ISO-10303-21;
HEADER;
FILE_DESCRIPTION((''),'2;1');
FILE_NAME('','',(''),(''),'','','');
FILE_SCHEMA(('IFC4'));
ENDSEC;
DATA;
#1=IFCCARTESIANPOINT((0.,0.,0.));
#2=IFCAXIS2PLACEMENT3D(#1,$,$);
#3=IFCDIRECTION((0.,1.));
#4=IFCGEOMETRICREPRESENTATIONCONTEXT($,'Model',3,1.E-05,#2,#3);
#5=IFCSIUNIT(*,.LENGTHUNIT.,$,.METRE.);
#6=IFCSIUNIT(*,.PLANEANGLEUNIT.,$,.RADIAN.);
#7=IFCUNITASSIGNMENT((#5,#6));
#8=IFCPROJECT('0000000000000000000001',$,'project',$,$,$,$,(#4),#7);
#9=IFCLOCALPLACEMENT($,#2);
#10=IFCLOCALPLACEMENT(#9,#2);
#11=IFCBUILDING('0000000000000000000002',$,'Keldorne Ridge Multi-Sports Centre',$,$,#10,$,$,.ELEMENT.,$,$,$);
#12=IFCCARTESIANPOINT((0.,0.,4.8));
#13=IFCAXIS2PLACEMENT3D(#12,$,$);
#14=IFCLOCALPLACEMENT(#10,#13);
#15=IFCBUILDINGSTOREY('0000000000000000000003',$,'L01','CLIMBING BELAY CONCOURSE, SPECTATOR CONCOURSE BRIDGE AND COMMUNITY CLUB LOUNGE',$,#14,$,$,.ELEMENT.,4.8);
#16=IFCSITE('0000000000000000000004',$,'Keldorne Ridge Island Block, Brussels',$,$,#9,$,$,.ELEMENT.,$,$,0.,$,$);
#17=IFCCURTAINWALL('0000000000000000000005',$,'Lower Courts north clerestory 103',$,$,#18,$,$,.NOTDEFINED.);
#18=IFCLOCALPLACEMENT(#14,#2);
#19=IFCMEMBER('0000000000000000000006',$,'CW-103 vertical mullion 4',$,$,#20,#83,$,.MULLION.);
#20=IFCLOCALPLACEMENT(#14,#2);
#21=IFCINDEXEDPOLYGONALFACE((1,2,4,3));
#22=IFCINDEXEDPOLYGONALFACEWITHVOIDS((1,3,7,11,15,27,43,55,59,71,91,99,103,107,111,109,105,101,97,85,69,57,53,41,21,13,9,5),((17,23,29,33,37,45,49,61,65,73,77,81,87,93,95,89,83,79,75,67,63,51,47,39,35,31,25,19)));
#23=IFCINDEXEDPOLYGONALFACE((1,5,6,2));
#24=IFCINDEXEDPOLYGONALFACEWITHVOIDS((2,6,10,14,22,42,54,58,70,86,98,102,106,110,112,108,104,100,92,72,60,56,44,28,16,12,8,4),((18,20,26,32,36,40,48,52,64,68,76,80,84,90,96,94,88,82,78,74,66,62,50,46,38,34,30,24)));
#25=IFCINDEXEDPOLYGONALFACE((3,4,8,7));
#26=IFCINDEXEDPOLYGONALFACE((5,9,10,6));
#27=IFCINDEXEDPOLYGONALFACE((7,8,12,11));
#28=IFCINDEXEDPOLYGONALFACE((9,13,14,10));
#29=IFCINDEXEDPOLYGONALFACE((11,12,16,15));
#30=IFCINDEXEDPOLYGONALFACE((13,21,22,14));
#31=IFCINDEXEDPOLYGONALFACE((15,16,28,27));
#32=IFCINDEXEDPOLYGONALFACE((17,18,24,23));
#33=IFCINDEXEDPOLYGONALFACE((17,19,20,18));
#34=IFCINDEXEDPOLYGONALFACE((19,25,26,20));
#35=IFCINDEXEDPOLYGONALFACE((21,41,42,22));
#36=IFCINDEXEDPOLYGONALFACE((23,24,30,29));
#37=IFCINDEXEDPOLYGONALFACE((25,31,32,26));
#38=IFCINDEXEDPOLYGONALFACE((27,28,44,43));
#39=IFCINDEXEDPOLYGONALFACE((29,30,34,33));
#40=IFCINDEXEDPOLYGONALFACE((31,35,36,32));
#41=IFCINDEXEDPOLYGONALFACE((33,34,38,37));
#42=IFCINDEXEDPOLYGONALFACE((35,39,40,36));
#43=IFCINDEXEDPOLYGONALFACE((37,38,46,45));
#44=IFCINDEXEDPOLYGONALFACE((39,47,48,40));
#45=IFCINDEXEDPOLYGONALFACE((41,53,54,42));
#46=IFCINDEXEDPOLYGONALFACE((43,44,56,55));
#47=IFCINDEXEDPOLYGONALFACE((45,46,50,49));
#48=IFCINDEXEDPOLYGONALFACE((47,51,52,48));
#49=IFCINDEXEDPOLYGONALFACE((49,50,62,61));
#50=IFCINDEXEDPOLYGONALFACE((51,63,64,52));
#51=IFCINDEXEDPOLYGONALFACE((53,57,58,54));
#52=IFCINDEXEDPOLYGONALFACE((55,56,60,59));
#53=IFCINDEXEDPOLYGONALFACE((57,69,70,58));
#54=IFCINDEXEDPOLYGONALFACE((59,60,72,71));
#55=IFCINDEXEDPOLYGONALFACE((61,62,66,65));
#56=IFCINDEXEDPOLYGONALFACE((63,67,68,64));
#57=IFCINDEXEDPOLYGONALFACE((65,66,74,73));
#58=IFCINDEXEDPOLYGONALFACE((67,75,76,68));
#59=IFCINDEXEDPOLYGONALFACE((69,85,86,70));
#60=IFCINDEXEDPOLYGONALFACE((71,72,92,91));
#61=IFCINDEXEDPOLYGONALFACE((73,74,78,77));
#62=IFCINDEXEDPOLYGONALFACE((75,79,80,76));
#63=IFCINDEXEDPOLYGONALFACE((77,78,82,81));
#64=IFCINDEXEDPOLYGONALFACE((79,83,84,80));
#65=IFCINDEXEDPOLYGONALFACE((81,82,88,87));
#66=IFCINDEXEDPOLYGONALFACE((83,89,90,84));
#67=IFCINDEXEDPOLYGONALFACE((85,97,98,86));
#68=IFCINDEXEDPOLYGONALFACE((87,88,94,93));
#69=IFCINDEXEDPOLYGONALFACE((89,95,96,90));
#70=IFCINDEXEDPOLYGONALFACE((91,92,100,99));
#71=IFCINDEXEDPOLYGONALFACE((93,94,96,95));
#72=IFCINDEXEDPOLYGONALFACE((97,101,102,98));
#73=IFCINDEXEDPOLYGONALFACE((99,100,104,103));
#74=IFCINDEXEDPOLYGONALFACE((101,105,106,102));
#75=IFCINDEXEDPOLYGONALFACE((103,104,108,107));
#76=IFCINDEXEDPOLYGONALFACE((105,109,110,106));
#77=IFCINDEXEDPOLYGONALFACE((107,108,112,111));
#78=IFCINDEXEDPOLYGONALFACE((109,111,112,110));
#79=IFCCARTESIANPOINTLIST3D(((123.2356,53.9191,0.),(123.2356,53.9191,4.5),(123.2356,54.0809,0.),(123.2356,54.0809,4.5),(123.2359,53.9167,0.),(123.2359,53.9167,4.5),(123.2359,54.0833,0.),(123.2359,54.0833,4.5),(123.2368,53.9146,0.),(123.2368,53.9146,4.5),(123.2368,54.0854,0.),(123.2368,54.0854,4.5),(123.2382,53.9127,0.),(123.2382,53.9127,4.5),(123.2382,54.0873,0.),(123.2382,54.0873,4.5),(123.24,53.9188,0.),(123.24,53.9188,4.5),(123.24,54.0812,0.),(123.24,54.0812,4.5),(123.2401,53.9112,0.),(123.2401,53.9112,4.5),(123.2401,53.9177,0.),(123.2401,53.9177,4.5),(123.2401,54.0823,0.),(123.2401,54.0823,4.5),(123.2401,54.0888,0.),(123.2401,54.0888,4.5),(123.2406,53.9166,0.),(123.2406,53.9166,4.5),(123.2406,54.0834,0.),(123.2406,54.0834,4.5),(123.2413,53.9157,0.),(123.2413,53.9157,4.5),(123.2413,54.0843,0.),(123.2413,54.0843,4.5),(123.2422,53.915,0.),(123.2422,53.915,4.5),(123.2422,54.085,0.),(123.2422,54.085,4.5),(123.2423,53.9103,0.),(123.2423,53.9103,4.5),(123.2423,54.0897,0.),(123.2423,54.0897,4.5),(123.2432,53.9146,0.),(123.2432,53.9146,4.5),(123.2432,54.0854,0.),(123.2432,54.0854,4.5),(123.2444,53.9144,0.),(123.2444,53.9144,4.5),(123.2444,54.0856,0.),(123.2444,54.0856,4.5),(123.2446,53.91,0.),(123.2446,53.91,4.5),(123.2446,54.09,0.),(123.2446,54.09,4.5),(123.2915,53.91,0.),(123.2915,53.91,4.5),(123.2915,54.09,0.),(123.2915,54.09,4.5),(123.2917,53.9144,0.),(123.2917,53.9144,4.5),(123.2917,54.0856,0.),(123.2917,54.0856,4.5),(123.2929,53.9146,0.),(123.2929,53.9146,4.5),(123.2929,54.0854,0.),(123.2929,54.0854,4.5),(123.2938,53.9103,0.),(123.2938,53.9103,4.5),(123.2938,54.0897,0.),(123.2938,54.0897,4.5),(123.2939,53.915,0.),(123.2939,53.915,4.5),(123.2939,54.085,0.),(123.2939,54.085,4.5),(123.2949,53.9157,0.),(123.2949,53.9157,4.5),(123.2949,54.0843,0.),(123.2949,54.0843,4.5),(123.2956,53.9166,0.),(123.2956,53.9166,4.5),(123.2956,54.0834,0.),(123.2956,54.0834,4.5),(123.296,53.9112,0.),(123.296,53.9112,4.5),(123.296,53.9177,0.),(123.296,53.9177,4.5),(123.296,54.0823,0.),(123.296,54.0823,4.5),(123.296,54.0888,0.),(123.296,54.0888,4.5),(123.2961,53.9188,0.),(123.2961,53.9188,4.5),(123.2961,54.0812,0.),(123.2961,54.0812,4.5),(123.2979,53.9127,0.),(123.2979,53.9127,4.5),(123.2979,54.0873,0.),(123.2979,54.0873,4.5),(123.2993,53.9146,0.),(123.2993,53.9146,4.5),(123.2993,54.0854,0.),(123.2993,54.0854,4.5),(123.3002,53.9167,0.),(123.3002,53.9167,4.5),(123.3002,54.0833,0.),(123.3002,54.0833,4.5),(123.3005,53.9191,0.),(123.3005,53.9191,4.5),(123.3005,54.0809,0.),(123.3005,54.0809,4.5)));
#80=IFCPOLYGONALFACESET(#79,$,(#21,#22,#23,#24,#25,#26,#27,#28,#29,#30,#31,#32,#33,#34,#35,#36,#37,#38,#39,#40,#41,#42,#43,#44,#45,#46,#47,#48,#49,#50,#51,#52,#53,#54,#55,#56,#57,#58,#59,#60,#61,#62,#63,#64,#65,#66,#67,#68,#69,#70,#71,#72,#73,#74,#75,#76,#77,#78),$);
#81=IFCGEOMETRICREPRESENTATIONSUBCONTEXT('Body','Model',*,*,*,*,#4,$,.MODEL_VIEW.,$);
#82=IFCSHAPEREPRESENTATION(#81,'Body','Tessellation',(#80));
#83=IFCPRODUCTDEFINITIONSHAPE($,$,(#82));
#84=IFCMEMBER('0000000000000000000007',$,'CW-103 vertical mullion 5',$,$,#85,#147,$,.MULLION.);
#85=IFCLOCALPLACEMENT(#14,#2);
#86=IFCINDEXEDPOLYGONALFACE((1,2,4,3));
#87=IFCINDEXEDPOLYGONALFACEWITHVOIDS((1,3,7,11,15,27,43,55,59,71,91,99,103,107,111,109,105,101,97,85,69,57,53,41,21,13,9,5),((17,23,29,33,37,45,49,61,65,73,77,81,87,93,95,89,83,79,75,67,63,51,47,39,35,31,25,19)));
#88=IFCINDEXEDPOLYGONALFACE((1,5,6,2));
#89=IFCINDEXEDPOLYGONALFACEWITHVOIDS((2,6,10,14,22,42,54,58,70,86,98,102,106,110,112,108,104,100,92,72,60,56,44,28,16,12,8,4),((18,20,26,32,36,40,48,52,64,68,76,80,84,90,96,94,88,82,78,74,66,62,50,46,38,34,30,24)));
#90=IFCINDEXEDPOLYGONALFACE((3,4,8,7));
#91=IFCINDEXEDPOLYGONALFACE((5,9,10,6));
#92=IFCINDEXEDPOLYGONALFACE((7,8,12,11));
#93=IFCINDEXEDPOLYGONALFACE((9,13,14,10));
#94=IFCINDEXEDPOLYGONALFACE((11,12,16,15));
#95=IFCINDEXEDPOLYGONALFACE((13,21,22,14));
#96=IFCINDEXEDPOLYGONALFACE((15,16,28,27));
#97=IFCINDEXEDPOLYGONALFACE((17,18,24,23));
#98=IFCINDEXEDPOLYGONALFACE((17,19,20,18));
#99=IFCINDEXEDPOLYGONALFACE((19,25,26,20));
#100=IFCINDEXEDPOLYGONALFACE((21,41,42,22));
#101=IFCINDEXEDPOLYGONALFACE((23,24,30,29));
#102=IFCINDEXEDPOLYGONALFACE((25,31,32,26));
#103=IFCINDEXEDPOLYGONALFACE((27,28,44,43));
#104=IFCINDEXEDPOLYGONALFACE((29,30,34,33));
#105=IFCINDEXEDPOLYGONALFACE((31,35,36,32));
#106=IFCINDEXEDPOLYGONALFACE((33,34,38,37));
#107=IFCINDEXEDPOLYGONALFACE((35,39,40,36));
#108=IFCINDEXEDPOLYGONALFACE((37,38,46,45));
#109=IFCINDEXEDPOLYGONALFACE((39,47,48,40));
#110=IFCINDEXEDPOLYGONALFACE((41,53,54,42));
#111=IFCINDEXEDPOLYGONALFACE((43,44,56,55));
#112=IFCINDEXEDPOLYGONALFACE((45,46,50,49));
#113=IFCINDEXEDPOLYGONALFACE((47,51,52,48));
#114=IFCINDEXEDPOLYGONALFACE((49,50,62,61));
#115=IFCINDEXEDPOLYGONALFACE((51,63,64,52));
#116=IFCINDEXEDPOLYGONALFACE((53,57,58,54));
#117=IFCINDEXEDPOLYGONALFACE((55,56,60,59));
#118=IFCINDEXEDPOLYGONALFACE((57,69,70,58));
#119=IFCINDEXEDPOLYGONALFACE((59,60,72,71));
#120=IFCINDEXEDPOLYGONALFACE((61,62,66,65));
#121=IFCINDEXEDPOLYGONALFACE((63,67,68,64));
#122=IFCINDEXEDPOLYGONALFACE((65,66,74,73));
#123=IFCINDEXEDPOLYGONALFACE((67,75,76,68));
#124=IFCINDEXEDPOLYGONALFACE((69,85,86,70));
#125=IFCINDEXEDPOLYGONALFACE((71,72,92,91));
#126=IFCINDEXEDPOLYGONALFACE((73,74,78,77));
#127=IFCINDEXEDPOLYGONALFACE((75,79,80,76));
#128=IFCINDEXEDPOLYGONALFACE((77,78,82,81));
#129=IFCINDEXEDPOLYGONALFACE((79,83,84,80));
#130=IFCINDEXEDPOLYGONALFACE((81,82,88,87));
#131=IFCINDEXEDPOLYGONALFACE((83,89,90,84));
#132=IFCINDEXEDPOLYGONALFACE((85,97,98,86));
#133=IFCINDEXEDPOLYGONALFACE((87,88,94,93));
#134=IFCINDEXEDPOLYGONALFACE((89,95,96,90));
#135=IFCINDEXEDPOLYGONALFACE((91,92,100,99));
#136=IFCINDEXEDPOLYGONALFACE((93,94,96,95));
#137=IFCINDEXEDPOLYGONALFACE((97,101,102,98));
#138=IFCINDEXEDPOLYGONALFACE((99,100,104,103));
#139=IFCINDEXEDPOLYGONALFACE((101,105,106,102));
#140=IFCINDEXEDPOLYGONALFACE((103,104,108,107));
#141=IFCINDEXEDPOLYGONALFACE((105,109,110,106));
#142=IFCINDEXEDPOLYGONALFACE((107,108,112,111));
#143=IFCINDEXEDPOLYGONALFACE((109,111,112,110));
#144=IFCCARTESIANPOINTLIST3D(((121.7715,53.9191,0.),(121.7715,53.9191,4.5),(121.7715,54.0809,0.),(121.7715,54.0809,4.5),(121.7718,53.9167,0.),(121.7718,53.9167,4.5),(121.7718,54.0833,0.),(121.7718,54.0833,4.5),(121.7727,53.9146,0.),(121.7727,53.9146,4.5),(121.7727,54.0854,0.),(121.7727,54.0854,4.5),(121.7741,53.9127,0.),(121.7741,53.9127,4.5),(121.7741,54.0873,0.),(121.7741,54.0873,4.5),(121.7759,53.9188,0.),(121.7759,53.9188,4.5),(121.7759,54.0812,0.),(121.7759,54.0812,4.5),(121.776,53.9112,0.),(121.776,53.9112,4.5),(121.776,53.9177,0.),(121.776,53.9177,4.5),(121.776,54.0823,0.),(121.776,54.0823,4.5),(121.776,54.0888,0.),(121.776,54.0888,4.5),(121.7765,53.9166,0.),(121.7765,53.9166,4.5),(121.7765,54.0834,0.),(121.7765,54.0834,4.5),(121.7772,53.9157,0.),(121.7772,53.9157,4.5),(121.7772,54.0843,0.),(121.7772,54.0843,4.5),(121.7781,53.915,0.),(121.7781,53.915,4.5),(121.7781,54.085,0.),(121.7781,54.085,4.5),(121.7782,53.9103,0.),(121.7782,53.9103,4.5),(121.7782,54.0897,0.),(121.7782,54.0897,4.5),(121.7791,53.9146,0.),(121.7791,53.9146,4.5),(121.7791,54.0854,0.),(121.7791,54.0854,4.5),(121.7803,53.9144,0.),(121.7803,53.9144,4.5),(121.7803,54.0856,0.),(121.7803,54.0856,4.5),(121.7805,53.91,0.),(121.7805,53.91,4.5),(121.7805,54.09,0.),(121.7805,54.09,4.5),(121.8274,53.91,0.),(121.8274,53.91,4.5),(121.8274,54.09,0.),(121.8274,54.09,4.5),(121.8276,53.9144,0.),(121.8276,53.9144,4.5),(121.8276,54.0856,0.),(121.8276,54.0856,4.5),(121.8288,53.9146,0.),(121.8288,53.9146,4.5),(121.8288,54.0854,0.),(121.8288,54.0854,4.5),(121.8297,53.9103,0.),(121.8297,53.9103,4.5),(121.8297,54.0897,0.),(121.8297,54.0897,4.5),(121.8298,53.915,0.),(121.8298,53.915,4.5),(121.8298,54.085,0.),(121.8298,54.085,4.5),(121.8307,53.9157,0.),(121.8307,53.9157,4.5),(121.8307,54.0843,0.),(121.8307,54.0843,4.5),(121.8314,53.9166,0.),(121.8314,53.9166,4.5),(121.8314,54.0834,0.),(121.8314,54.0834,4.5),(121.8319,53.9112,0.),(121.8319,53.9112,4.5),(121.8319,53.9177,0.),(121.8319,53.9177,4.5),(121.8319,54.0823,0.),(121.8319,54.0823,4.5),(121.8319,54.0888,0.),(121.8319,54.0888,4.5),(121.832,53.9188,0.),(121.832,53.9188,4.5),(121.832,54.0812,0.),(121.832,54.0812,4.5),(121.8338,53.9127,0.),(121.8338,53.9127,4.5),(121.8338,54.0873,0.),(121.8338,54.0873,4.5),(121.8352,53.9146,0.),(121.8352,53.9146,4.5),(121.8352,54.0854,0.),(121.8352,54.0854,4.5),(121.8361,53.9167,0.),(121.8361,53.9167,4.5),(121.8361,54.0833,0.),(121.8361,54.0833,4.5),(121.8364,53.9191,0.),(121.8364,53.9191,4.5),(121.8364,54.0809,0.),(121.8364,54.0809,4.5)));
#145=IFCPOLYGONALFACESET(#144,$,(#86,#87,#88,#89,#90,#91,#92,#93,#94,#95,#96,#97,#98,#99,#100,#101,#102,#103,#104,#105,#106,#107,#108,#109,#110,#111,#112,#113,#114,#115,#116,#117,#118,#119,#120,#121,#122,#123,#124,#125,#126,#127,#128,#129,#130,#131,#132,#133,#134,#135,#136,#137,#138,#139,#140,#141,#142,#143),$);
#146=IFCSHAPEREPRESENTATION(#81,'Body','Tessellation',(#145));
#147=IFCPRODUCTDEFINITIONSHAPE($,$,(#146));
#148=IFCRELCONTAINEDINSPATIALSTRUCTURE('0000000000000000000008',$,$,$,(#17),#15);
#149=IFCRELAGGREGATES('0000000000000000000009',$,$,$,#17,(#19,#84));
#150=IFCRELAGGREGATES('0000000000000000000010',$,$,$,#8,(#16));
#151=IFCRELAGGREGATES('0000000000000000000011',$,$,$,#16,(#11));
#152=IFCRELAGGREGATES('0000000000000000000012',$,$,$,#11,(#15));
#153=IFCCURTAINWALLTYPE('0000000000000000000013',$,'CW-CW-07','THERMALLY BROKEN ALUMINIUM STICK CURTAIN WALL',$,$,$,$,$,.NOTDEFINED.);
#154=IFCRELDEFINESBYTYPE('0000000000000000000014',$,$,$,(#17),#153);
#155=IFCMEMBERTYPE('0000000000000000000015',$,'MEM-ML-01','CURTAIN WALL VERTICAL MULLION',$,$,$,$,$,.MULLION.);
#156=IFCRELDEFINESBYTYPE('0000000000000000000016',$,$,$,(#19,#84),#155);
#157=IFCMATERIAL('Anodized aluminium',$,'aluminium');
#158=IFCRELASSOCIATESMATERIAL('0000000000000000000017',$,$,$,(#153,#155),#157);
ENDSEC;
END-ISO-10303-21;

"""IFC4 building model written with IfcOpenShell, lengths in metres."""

from ifc_helpers import new_model, si_unit, direction, frame, origin, origin_2d, place, context, subcontext, project, spatial, hollow_rectangle, extrude, material, material_profile, profile_set, type_object, element, aggregate, save


model = new_model("IFC4")

# Units and contexts
model_context = context("Model", 3, precision=1e-05, world=origin(), true_north=direction((0.0, 1.0)))
body_context = subcontext(model_context, "Body", "Model", "MODEL_VIEW")
ifc_project = project(units=[si_unit("LENGTHUNIT", "METRE"), si_unit("PLANEANGLEUNIT", "RADIAN")], contexts=[model_context])

# Site, building, storey
site_placement = place(None, origin())
site = spatial("IfcSite", under=ifc_project, at=site_placement, Name="Keldorne Ridge Island Block, Brussels", CompositionType="ELEMENT", RefElevation=0.0)
building_placement = place(site_placement, origin())
building = spatial("IfcBuilding", under=site, at=building_placement, Name="Keldorne Ridge Multi-Sports Centre", CompositionType="ELEMENT")
storey_placement = place(building_placement, frame((0.0, 0.0, 4.8)))
storey = spatial("IfcBuildingStorey", under=building, at=storey_placement, Name="L01", Description="CLIMBING BELAY CONCOURSE, SPECTATOR CONCOURSE BRIDGE AND COMMUNITY CLUB LOUNGE", CompositionType="ELEMENT", Elevation=4.8)

# Curtain wall, members
ifc_material_1 = material(Name="Anodized aluminium", Category="aluminium")
curtain_wall_type = type_object("IfcCurtainWallType", Name="CW-CW-07", Description="THERMALLY BROKEN ALUMINIUM STICK CURTAIN WALL", PredefinedType="NOTDEFINED", material=ifc_material_1)
curtain_wall_placement = place(storey_placement, origin())
curtain_wall = element("IfcCurtainWall", 1, at=curtain_wall_placement, inside=storey, type_object=curtain_wall_type, Name="Lower Courts north clerestory 103", PredefinedType="NOTDEFINED")
ifc_material_profile_1 = material_profile(ifc_material_1, hollow_rectangle(XDim=0.0649, YDim=0.1799, WallThickness=0.0044, InnerFilletRadius=0.0044, OuterFilletRadius=0.009, at=origin_2d()), Name="ALU MULLION 180x65x4.5")
ifc_profile_set_1 = profile_set([ifc_material_profile_1], Name="Anodized aluminium")
member_type_1 = type_object("IfcMemberType", Name="MEM-ML-01", Description="CURTAIN WALL VERTICAL MULLION", PredefinedType="MULLION", material=ifc_profile_set_1)
member_1_placement = place(storey_placement, frame((123.2681, 54.0, 0.0), z_axis=(0.0, 0.0, 1.0), x_axis=(1.0, 0.0, 0.0)))
member_1 = element("IfcMember", 2, at=member_1_placement, type_object=member_type_1, Name="CW-103 vertical mullion 4", PredefinedType="MULLION", context=body_context, shape_type="SweptSolid", body=[
    extrude(hollow_rectangle(XDim=0.0649, YDim=0.1799, WallThickness=0.0044, InnerFilletRadius=0.0044, OuterFilletRadius=0.009, at=origin_2d()), origin(), (0.0, 0.0, 1.0), 4.5),
])
member_2_placement = place(storey_placement, frame((121.804, 54.0, 0.0), z_axis=(0.0, 0.0, 1.0), x_axis=(1.0, 0.0, 0.0)))
member_2 = element("IfcMember", 3, at=member_2_placement, type_object=member_type_1, Name="CW-103 vertical mullion 5", PredefinedType="MULLION", context=body_context, shape_type="SweptSolid", body=[
    extrude(hollow_rectangle(XDim=0.0649, YDim=0.1799, WallThickness=0.0044, InnerFilletRadius=0.0044, OuterFilletRadius=0.009, at=origin_2d()), origin(), (0.0, 0.0, 1.0), 4.5),
])
aggregate(curtain_wall, [member_1, member_2])

save(model, "model.ifc")
